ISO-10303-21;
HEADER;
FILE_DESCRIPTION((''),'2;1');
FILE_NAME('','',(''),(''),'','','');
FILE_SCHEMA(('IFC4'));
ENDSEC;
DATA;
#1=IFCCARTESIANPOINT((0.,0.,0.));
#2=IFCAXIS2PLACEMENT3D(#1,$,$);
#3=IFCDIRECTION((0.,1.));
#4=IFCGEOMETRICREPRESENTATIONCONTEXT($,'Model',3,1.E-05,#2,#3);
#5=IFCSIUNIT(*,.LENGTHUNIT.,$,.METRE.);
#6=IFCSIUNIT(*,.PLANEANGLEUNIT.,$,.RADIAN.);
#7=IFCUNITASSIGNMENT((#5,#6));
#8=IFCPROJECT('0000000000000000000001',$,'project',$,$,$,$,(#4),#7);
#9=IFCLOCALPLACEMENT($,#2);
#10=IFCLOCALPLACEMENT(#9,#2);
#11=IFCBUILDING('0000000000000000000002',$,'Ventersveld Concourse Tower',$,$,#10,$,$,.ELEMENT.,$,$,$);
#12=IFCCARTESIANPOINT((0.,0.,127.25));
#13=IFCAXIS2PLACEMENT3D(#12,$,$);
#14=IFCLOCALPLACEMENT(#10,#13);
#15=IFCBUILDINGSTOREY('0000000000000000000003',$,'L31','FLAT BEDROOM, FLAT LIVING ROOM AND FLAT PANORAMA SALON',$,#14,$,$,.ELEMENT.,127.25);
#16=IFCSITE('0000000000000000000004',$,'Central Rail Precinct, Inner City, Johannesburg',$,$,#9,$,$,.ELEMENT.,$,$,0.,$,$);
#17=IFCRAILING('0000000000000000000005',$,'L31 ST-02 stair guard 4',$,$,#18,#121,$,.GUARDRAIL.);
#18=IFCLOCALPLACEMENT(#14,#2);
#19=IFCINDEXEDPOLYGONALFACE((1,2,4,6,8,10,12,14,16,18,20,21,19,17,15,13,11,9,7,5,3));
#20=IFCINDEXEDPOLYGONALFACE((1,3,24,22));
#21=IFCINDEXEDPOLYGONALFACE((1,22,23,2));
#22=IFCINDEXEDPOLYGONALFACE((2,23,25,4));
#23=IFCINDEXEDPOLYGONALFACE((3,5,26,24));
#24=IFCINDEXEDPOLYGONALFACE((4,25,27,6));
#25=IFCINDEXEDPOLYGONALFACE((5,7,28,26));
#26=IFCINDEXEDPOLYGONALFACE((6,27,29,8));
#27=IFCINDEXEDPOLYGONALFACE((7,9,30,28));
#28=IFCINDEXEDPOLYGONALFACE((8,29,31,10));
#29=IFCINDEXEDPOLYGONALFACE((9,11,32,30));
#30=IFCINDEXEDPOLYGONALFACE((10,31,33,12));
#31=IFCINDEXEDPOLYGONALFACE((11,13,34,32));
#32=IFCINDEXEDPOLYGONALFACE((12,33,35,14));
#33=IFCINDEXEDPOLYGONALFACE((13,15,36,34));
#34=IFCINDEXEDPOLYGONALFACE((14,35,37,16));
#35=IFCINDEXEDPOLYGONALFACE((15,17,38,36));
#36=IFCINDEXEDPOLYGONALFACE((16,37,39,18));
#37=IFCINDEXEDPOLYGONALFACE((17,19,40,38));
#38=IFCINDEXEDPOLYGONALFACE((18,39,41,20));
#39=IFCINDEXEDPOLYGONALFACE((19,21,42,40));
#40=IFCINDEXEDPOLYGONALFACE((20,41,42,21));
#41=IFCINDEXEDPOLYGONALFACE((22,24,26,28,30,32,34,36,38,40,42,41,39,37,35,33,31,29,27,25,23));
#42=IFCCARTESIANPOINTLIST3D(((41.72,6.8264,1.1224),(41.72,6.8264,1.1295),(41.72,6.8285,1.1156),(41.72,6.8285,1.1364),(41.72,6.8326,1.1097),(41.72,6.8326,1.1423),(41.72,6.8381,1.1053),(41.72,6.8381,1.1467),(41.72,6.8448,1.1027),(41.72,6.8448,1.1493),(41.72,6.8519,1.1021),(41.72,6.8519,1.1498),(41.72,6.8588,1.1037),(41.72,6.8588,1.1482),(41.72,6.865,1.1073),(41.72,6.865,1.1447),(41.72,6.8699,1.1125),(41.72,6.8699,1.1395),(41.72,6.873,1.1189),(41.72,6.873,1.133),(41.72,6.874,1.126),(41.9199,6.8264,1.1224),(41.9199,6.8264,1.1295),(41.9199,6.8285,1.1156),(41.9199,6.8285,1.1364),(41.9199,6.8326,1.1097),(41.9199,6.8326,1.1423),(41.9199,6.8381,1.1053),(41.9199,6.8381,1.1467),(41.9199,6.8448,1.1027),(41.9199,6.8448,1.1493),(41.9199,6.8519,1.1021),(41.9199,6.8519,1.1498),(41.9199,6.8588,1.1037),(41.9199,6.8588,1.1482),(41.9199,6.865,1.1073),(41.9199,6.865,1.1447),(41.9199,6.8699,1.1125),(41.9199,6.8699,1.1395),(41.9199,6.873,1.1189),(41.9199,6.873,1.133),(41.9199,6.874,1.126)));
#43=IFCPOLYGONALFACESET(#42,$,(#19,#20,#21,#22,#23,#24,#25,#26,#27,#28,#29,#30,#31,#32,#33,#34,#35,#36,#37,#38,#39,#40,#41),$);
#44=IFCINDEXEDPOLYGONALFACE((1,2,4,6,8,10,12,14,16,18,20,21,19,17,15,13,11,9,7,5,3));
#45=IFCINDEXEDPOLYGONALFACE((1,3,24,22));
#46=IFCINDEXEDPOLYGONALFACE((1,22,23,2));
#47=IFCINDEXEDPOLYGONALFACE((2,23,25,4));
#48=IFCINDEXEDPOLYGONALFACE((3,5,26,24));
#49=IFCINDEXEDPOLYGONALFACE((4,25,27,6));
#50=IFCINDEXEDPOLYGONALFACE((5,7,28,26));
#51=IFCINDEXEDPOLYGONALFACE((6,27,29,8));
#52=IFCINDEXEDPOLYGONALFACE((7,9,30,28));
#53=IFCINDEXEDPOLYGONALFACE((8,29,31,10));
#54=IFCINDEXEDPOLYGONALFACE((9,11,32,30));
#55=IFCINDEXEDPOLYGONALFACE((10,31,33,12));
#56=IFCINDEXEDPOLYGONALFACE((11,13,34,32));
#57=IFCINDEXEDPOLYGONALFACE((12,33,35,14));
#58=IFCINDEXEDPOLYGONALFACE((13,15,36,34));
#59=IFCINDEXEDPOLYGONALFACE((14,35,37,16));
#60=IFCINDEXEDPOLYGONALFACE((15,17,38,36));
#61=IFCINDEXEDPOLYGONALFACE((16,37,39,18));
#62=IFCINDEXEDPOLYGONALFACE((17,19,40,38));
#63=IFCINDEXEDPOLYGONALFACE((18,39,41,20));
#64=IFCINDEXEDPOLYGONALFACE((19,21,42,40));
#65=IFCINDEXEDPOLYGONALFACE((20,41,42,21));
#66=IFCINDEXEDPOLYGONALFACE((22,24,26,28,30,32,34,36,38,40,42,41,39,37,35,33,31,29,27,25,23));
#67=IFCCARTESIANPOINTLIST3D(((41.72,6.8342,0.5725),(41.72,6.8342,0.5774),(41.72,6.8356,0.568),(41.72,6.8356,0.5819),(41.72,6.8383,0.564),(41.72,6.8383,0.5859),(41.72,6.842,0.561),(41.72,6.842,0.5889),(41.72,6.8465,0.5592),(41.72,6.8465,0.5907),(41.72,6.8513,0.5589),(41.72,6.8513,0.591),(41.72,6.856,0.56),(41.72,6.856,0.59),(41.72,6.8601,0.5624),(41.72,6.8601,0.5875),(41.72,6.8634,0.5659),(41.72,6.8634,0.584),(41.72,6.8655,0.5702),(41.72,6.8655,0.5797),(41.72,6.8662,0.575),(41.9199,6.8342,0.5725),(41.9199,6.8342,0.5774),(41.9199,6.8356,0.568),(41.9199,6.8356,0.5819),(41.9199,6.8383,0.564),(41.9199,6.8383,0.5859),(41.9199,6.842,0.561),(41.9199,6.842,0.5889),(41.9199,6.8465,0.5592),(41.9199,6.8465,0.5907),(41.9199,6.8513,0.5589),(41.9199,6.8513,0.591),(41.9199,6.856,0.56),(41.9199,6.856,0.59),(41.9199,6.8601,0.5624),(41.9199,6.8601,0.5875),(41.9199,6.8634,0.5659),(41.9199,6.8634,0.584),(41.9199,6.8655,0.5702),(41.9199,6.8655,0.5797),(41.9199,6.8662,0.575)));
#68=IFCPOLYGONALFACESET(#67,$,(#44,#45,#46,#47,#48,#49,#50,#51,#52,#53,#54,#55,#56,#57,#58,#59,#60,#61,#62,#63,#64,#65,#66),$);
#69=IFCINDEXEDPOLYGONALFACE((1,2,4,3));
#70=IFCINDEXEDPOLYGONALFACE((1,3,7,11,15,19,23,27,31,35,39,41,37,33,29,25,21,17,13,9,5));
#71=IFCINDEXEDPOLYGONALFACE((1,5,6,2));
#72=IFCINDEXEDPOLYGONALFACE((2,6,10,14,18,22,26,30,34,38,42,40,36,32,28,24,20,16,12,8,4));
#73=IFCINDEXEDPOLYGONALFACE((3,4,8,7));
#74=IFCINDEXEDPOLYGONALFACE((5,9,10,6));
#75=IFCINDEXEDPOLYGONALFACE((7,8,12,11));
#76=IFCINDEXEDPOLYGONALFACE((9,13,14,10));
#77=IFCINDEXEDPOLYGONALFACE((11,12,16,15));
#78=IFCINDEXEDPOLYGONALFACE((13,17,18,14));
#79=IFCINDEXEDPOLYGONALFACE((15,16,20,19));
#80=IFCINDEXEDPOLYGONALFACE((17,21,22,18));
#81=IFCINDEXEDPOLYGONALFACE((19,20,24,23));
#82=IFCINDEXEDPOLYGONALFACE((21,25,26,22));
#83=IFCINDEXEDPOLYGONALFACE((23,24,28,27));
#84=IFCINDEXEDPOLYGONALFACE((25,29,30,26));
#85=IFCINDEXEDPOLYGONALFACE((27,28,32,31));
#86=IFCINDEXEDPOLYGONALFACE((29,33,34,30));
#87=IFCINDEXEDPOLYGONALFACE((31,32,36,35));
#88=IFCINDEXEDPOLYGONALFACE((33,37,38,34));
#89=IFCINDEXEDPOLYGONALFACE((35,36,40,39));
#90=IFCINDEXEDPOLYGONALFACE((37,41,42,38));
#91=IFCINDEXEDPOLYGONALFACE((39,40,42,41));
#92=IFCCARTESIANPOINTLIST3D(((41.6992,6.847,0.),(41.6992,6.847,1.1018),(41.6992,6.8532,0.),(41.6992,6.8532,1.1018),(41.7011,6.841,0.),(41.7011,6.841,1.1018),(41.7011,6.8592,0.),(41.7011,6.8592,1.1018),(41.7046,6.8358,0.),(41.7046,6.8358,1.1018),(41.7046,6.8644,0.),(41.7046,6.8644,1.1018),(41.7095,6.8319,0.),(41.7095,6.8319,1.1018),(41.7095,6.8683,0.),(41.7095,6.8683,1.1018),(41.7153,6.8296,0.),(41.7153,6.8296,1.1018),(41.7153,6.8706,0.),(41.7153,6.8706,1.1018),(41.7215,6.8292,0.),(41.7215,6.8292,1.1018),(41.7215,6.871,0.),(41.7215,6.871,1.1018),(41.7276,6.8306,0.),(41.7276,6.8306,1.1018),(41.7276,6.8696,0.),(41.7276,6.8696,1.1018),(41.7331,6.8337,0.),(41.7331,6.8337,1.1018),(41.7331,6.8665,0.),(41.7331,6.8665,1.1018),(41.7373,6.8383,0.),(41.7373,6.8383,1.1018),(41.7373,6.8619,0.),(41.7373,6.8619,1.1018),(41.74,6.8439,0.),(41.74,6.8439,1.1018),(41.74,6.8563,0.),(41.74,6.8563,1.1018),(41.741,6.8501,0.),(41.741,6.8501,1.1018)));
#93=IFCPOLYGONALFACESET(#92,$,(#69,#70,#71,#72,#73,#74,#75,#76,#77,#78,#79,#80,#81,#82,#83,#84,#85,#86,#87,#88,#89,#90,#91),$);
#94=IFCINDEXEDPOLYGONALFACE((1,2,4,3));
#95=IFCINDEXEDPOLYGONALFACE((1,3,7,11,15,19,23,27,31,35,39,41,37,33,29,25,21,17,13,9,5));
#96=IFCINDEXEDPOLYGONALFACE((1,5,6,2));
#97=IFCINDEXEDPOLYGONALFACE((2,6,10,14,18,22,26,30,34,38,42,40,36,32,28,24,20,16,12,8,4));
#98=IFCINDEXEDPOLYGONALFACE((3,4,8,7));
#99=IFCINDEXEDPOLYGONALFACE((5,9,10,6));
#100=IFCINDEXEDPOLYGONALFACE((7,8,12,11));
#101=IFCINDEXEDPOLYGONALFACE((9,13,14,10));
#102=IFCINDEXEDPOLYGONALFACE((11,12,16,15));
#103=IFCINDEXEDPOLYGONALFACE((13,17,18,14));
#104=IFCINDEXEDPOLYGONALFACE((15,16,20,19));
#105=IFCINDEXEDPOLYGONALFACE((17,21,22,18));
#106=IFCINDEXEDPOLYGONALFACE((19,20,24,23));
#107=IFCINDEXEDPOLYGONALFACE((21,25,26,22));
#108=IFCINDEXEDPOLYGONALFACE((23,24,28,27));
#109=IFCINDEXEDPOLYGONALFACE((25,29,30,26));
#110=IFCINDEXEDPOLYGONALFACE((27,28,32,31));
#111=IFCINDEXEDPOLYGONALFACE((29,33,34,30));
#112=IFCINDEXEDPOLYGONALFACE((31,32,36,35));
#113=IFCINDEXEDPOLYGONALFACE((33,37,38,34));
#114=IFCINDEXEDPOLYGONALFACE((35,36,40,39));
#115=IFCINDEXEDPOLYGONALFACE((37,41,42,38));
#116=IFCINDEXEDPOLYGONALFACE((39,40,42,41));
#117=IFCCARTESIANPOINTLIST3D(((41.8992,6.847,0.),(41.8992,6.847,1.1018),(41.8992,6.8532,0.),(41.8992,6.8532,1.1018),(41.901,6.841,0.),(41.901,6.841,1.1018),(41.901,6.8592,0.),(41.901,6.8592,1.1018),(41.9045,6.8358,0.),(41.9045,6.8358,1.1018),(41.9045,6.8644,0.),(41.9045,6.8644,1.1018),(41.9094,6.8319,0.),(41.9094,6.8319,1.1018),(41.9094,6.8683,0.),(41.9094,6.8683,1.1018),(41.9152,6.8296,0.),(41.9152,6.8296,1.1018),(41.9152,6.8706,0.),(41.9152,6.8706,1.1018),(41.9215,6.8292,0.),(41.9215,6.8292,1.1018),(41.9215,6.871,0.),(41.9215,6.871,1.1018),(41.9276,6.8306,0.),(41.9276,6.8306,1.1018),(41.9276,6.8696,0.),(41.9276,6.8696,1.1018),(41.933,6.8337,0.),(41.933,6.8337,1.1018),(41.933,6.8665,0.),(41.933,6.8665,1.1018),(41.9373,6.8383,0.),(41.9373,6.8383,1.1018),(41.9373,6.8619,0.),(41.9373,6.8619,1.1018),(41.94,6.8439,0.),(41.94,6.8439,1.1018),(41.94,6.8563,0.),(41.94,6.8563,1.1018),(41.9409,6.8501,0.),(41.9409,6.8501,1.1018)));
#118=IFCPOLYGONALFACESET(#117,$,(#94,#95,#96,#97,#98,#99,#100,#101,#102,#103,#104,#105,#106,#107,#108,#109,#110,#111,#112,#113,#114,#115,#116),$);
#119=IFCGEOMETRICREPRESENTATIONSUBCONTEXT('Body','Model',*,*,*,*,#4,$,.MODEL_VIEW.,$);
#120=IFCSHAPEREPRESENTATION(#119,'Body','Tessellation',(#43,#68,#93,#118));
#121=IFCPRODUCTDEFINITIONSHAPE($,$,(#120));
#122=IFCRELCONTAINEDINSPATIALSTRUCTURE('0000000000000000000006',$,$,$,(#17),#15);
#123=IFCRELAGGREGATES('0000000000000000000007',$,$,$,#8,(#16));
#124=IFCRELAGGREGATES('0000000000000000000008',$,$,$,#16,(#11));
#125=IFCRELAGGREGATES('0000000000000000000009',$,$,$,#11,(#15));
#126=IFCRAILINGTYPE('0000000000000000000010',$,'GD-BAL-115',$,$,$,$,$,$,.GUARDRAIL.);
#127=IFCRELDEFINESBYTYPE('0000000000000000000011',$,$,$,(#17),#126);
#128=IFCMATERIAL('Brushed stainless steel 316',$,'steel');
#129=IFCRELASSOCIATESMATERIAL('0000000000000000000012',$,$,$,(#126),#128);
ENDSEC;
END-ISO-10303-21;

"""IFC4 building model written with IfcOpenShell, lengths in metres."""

from ifc_helpers import new_model, si_unit, direction, frame, origin, origin_2d, place, context, subcontext, project, spatial, circle, extrude, material, type_object, element, save


model = new_model("IFC4")

# Units and contexts
model_context = context("Model", 3, precision=1e-05, world=origin(), true_north=direction((0.0, 1.0)))
body_context = subcontext(model_context, "Body", "Model", "MODEL_VIEW")
ifc_project = project(units=[si_unit("LENGTHUNIT", "METRE"), si_unit("PLANEANGLEUNIT", "RADIAN")], contexts=[model_context])

# Site, building, storey
site_placement = place(None, origin())
site = spatial("IfcSite", under=ifc_project, at=site_placement, Name="Central Rail Precinct, Inner City, Johannesburg", CompositionType="ELEMENT", RefElevation=0.0)
building_placement = place(site_placement, origin())
building = spatial("IfcBuilding", under=site, at=building_placement, Name="Ventersveld Concourse Tower", CompositionType="ELEMENT")
storey_placement = place(building_placement, frame((0.0, 0.0, 127.25)))
storey = spatial("IfcBuildingStorey", under=building, at=storey_placement, Name="L31", Description="FLAT BEDROOM, FLAT LIVING ROOM AND FLAT PANORAMA SALON", CompositionType="ELEMENT", Elevation=127.25)

# Railing
ifc_material_1 = material(Name="Brushed stainless steel 316", Category="steel")
railing_type_1 = type_object("IfcRailingType", Name="GD-BAL-115", PredefinedType="GUARDRAIL", material=ifc_material_1)
railing_1_placement = place(storey_placement, frame((41.72, 6.8501, 0.0)))
element("IfcRailing", 1, at=railing_1_placement, inside=storey, type_object=railing_type_1, Name="L31 ST-02 stair guard 4", PredefinedType="GUARDRAIL", context=body_context, shape_type="SweptSolid", body=[
    extrude(circle(Radius=0.0239, at=origin_2d()), frame((0.0, 0.0, 1.126), z_axis=(1.0, 0.0, 0.0), x_axis=(0.0, 1.0, 0.0)), (0.0, 0.0, 1.0), 0.2),
    extrude(circle(Radius=0.0161, at=origin_2d()), frame((0.0, 0.0, 0.575), z_axis=(1.0, 0.0, 0.0), x_axis=(0.0, 1.0, 0.0)), (0.0, 0.0, 1.0), 0.2),
    extrude(circle(Radius=0.021, at=origin_2d()), origin(), (0.0, 0.0, 1.0), 1.1018),
    extrude(circle(Radius=0.021, at=origin_2d()), frame((0.2, 0.0, 0.0)), (0.0, 0.0, 1.0), 1.1018),
])

save(model, "model.ifc")
